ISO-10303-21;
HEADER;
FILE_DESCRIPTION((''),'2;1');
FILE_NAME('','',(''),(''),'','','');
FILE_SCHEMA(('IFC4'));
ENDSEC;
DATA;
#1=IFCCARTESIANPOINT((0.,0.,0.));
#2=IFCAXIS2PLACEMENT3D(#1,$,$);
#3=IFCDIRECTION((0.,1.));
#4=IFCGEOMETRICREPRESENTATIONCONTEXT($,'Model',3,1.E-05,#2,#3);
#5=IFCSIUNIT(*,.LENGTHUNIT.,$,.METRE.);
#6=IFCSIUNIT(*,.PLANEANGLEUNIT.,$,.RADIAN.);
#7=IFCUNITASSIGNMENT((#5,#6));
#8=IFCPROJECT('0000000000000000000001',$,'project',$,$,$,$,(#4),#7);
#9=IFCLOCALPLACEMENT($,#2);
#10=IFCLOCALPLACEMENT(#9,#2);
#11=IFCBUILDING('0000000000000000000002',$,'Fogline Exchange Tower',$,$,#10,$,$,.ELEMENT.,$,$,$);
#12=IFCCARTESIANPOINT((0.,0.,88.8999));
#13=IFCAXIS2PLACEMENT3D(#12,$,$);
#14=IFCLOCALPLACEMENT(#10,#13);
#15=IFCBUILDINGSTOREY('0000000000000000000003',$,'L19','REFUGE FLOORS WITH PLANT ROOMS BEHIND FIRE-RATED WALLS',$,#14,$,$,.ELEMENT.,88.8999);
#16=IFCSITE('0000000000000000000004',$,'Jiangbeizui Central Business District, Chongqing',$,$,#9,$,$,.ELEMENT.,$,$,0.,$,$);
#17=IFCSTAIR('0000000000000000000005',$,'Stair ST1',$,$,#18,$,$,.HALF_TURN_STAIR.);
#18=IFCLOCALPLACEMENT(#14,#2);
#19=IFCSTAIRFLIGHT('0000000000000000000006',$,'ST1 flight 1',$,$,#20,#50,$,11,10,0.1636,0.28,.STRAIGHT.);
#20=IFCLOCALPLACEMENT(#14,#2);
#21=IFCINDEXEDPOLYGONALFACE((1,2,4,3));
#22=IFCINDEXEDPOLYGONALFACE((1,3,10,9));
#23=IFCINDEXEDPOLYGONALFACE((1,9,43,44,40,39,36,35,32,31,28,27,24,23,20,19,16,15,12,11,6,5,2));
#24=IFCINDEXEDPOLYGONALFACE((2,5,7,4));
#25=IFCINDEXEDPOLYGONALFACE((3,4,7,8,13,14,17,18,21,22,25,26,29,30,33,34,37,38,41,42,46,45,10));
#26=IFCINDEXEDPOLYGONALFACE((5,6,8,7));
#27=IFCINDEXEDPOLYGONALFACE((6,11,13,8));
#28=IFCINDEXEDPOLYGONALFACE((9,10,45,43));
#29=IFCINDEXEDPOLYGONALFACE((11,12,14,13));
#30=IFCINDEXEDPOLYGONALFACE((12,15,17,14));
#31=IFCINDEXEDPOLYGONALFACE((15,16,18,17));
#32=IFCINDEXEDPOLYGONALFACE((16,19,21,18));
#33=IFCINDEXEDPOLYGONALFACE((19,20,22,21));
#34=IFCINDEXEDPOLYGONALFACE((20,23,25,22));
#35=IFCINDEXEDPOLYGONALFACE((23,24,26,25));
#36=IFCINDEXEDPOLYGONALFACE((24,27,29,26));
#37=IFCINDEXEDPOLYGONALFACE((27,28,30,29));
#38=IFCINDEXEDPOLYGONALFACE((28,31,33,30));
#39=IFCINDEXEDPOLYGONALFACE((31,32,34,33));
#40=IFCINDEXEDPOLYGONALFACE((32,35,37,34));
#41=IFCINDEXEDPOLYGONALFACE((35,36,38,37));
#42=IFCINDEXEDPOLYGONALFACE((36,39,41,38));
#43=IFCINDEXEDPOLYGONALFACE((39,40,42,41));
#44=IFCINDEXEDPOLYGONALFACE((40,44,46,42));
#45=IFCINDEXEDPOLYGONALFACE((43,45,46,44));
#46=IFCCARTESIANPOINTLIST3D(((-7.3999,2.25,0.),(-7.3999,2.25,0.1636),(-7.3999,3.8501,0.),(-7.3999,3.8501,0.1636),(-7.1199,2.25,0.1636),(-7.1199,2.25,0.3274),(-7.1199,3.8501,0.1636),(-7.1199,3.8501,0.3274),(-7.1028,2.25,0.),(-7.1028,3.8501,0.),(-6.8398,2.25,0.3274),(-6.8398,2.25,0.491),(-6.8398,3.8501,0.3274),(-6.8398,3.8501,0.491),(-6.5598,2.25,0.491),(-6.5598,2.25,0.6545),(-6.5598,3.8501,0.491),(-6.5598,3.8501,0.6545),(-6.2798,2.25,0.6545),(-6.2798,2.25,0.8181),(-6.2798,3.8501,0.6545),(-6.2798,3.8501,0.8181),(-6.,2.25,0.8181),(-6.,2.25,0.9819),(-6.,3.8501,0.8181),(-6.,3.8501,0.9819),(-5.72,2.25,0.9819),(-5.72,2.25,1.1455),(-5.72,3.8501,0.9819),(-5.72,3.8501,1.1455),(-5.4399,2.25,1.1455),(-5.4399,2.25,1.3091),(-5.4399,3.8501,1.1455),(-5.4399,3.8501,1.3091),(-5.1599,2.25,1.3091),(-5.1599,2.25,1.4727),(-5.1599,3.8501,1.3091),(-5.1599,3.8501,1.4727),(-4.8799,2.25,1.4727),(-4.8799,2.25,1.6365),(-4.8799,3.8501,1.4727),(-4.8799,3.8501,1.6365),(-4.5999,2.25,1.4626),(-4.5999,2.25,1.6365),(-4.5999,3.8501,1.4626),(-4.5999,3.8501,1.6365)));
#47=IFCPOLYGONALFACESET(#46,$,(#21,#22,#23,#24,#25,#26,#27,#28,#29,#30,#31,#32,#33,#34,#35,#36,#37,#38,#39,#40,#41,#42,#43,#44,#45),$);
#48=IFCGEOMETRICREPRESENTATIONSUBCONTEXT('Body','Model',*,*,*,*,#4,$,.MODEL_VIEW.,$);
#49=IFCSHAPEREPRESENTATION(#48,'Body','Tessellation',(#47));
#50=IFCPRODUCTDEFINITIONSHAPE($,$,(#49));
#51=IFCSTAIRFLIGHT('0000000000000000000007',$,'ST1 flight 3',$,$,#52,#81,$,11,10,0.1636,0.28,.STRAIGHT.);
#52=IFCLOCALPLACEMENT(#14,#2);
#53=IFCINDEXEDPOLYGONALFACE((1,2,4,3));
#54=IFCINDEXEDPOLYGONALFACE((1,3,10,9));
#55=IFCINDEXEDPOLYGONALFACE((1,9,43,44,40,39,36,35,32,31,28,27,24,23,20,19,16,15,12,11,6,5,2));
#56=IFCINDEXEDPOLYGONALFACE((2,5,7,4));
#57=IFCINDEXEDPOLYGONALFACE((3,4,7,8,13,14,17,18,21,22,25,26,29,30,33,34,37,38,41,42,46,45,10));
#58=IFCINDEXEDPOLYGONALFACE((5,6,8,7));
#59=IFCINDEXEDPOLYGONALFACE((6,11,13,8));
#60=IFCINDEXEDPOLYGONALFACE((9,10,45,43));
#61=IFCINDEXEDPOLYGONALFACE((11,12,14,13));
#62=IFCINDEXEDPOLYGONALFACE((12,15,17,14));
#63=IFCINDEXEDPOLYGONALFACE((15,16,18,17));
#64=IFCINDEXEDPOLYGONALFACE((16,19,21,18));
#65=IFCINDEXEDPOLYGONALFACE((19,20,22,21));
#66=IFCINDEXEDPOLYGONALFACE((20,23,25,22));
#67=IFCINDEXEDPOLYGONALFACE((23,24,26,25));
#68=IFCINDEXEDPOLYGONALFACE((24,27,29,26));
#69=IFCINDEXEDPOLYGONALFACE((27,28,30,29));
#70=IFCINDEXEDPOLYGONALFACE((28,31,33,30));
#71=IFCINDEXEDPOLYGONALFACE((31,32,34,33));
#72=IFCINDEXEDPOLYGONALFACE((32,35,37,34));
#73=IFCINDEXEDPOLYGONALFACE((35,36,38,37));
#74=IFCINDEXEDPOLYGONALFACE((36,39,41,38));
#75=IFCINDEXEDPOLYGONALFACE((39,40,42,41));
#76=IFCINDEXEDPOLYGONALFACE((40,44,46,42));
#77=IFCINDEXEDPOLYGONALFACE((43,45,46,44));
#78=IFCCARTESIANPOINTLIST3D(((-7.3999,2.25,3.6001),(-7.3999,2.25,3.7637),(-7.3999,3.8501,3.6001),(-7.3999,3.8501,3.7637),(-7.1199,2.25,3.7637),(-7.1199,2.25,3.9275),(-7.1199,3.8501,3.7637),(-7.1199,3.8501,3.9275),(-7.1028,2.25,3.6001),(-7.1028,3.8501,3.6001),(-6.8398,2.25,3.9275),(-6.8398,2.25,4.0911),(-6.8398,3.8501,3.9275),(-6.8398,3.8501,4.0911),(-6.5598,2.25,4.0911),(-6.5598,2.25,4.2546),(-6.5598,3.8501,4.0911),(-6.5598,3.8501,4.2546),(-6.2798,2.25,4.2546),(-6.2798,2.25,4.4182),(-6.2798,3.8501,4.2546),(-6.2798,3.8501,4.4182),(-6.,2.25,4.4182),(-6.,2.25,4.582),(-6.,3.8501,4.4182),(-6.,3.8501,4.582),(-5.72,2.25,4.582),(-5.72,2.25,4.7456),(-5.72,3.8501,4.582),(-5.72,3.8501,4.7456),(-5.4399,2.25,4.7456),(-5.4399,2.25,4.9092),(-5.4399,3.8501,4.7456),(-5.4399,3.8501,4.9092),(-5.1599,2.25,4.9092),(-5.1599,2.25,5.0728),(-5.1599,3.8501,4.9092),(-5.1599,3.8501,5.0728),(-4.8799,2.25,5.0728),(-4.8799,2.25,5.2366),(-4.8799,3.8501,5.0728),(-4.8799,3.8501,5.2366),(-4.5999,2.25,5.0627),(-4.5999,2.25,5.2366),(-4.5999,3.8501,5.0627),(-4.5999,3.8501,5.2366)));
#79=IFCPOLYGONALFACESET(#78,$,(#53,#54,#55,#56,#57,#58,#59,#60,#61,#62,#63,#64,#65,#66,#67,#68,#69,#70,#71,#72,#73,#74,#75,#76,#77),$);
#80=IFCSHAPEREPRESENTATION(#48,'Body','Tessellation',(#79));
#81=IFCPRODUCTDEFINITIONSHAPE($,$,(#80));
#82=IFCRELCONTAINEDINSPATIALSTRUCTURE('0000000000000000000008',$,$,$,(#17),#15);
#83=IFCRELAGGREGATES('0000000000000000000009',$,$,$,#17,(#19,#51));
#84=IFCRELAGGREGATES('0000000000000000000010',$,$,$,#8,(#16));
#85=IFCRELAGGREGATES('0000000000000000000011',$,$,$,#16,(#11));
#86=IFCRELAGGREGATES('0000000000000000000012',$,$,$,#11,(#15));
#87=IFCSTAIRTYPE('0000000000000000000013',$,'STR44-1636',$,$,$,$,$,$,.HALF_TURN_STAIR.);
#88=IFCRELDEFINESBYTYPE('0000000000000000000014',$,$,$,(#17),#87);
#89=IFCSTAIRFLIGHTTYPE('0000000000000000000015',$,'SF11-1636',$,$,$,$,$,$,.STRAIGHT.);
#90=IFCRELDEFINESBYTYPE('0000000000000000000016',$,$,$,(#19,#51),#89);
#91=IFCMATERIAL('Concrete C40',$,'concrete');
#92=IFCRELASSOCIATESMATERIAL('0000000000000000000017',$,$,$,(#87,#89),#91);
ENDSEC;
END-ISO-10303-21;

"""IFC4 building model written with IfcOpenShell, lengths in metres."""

from ifc_helpers import new_model, si_unit, direction, frame, origin, place, context, subcontext, project, spatial, polyline, outline, extrude, material, type_object, element, aggregate, save


model = new_model("IFC4")

# Units and contexts
model_context = context("Model", 3, precision=1e-05, world=origin(), true_north=direction((0.0, 1.0)))
body_context = subcontext(model_context, "Body", "Model", "MODEL_VIEW")
ifc_project = project(units=[si_unit("LENGTHUNIT", "METRE"), si_unit("PLANEANGLEUNIT", "RADIAN")], contexts=[model_context])

# Site, building, storey
site_placement = place(None, origin())
site = spatial("IfcSite", under=ifc_project, at=site_placement, Name="Jiangbeizui Central Business District, Chongqing", CompositionType="ELEMENT", RefElevation=0.0)
building_placement = place(site_placement, origin())
building = spatial("IfcBuilding", under=site, at=building_placement, Name="Fogline Exchange Tower", CompositionType="ELEMENT")
storey_placement = place(building_placement, frame((0.0, 0.0, 88.8999)))
storey = spatial("IfcBuildingStorey", under=building, at=storey_placement, Name="L19", Description="REFUGE FLOORS WITH PLANT ROOMS BEHIND FIRE-RATED WALLS", CompositionType="ELEMENT", Elevation=88.8999)

# Shared definitions
ifc_material_1 = material(Name="Concrete C40", Category="concrete")

# Stair, stair flights
stair_type = type_object("IfcStairType", Name="STR44-1636", PredefinedType="HALF_TURN_STAIR", material=ifc_material_1)
stair_placement = place(storey_placement, origin())
stair = element("IfcStair", 1, at=stair_placement, inside=storey, type_object=stair_type, Name="Stair ST1", PredefinedType="HALF_TURN_STAIR")
stair_flight_type = type_object("IfcStairFlightType", Name="SF11-1636", PredefinedType="STRAIGHT", material=ifc_material_1)
stair_flight_1_placement = place(storey_placement, frame((-7.3999, 3.05, 0.0), z_axis=(0.0, 0.0, 1.0), x_axis=(1.0, 0.0, 0.0)))
stair_flight_1 = element("IfcStairFlight", 2, at=stair_flight_1_placement, type_object=stair_flight_type, Name="ST1 flight 1", NumberOfRisers=11, NumberOfTreads=10, PredefinedType="STRAIGHT", RiserHeight=0.1636, TreadLength=0.28, context=body_context, shape_type="SweptSolid", body=[
    extrude(outline(polyline([(0.0, 0.0), (0.0, 0.1636), (0.28, 0.1636), (0.28, 0.3274), (0.5601, 0.3274), (0.5601, 0.491), (0.8401, 0.491), (0.8401, 0.6545), (1.1201, 0.6545), (1.1201, 0.8181), (1.3999, 0.8181), (1.3999, 0.9819), (1.6799, 0.9819), (1.6799, 1.1455), (1.96, 1.1455), (1.96, 1.3091), (2.24, 1.3091), (2.24, 1.4727), (2.52, 1.4727), (2.52, 1.6365), (2.8, 1.6365), (2.8, 1.8), (2.8, 1.4626), (0.2971, 0.0), (0.0, 0.0)])), frame((0.0, 0.8, 0.0), z_axis=(0.0, -1.0, 0.0), x_axis=(1.0, 0.0, 0.0)), (0.0, 0.0, 1.0), 1.6001),
])
stair_flight_2_placement = place(storey_placement, frame((-7.3999, 3.05, 3.6001), z_axis=(0.0, 0.0, 1.0), x_axis=(1.0, 0.0, 0.0)))
stair_flight_2 = element("IfcStairFlight", 3, at=stair_flight_2_placement, type_object=stair_flight_type, Name="ST1 flight 3", NumberOfRisers=11, NumberOfTreads=10, PredefinedType="STRAIGHT", RiserHeight=0.1636, TreadLength=0.28, context=body_context, shape_type="SweptSolid", body=[
    extrude(outline(polyline([(0.0, 0.0), (0.0, 0.1636), (0.28, 0.1636), (0.28, 0.3274), (0.5601, 0.3274), (0.5601, 0.491), (0.8401, 0.491), (0.8401, 0.6545), (1.1201, 0.6545), (1.1201, 0.8181), (1.3999, 0.8181), (1.3999, 0.9819), (1.6799, 0.9819), (1.6799, 1.1455), (1.96, 1.1455), (1.96, 1.3091), (2.24, 1.3091), (2.24, 1.4727), (2.52, 1.4727), (2.52, 1.6365), (2.8, 1.6365), (2.8, 1.8), (2.8, 1.4626), (0.2971, 0.0), (0.0, 0.0)])), frame((0.0, 0.8, 0.0), z_axis=(0.0, -1.0, 0.0), x_axis=(1.0, 0.0, 0.0)), (0.0, 0.0, 1.0), 1.6001),
])
aggregate(stair, [stair_flight_1, stair_flight_2])

save(model, "model.ifc")
